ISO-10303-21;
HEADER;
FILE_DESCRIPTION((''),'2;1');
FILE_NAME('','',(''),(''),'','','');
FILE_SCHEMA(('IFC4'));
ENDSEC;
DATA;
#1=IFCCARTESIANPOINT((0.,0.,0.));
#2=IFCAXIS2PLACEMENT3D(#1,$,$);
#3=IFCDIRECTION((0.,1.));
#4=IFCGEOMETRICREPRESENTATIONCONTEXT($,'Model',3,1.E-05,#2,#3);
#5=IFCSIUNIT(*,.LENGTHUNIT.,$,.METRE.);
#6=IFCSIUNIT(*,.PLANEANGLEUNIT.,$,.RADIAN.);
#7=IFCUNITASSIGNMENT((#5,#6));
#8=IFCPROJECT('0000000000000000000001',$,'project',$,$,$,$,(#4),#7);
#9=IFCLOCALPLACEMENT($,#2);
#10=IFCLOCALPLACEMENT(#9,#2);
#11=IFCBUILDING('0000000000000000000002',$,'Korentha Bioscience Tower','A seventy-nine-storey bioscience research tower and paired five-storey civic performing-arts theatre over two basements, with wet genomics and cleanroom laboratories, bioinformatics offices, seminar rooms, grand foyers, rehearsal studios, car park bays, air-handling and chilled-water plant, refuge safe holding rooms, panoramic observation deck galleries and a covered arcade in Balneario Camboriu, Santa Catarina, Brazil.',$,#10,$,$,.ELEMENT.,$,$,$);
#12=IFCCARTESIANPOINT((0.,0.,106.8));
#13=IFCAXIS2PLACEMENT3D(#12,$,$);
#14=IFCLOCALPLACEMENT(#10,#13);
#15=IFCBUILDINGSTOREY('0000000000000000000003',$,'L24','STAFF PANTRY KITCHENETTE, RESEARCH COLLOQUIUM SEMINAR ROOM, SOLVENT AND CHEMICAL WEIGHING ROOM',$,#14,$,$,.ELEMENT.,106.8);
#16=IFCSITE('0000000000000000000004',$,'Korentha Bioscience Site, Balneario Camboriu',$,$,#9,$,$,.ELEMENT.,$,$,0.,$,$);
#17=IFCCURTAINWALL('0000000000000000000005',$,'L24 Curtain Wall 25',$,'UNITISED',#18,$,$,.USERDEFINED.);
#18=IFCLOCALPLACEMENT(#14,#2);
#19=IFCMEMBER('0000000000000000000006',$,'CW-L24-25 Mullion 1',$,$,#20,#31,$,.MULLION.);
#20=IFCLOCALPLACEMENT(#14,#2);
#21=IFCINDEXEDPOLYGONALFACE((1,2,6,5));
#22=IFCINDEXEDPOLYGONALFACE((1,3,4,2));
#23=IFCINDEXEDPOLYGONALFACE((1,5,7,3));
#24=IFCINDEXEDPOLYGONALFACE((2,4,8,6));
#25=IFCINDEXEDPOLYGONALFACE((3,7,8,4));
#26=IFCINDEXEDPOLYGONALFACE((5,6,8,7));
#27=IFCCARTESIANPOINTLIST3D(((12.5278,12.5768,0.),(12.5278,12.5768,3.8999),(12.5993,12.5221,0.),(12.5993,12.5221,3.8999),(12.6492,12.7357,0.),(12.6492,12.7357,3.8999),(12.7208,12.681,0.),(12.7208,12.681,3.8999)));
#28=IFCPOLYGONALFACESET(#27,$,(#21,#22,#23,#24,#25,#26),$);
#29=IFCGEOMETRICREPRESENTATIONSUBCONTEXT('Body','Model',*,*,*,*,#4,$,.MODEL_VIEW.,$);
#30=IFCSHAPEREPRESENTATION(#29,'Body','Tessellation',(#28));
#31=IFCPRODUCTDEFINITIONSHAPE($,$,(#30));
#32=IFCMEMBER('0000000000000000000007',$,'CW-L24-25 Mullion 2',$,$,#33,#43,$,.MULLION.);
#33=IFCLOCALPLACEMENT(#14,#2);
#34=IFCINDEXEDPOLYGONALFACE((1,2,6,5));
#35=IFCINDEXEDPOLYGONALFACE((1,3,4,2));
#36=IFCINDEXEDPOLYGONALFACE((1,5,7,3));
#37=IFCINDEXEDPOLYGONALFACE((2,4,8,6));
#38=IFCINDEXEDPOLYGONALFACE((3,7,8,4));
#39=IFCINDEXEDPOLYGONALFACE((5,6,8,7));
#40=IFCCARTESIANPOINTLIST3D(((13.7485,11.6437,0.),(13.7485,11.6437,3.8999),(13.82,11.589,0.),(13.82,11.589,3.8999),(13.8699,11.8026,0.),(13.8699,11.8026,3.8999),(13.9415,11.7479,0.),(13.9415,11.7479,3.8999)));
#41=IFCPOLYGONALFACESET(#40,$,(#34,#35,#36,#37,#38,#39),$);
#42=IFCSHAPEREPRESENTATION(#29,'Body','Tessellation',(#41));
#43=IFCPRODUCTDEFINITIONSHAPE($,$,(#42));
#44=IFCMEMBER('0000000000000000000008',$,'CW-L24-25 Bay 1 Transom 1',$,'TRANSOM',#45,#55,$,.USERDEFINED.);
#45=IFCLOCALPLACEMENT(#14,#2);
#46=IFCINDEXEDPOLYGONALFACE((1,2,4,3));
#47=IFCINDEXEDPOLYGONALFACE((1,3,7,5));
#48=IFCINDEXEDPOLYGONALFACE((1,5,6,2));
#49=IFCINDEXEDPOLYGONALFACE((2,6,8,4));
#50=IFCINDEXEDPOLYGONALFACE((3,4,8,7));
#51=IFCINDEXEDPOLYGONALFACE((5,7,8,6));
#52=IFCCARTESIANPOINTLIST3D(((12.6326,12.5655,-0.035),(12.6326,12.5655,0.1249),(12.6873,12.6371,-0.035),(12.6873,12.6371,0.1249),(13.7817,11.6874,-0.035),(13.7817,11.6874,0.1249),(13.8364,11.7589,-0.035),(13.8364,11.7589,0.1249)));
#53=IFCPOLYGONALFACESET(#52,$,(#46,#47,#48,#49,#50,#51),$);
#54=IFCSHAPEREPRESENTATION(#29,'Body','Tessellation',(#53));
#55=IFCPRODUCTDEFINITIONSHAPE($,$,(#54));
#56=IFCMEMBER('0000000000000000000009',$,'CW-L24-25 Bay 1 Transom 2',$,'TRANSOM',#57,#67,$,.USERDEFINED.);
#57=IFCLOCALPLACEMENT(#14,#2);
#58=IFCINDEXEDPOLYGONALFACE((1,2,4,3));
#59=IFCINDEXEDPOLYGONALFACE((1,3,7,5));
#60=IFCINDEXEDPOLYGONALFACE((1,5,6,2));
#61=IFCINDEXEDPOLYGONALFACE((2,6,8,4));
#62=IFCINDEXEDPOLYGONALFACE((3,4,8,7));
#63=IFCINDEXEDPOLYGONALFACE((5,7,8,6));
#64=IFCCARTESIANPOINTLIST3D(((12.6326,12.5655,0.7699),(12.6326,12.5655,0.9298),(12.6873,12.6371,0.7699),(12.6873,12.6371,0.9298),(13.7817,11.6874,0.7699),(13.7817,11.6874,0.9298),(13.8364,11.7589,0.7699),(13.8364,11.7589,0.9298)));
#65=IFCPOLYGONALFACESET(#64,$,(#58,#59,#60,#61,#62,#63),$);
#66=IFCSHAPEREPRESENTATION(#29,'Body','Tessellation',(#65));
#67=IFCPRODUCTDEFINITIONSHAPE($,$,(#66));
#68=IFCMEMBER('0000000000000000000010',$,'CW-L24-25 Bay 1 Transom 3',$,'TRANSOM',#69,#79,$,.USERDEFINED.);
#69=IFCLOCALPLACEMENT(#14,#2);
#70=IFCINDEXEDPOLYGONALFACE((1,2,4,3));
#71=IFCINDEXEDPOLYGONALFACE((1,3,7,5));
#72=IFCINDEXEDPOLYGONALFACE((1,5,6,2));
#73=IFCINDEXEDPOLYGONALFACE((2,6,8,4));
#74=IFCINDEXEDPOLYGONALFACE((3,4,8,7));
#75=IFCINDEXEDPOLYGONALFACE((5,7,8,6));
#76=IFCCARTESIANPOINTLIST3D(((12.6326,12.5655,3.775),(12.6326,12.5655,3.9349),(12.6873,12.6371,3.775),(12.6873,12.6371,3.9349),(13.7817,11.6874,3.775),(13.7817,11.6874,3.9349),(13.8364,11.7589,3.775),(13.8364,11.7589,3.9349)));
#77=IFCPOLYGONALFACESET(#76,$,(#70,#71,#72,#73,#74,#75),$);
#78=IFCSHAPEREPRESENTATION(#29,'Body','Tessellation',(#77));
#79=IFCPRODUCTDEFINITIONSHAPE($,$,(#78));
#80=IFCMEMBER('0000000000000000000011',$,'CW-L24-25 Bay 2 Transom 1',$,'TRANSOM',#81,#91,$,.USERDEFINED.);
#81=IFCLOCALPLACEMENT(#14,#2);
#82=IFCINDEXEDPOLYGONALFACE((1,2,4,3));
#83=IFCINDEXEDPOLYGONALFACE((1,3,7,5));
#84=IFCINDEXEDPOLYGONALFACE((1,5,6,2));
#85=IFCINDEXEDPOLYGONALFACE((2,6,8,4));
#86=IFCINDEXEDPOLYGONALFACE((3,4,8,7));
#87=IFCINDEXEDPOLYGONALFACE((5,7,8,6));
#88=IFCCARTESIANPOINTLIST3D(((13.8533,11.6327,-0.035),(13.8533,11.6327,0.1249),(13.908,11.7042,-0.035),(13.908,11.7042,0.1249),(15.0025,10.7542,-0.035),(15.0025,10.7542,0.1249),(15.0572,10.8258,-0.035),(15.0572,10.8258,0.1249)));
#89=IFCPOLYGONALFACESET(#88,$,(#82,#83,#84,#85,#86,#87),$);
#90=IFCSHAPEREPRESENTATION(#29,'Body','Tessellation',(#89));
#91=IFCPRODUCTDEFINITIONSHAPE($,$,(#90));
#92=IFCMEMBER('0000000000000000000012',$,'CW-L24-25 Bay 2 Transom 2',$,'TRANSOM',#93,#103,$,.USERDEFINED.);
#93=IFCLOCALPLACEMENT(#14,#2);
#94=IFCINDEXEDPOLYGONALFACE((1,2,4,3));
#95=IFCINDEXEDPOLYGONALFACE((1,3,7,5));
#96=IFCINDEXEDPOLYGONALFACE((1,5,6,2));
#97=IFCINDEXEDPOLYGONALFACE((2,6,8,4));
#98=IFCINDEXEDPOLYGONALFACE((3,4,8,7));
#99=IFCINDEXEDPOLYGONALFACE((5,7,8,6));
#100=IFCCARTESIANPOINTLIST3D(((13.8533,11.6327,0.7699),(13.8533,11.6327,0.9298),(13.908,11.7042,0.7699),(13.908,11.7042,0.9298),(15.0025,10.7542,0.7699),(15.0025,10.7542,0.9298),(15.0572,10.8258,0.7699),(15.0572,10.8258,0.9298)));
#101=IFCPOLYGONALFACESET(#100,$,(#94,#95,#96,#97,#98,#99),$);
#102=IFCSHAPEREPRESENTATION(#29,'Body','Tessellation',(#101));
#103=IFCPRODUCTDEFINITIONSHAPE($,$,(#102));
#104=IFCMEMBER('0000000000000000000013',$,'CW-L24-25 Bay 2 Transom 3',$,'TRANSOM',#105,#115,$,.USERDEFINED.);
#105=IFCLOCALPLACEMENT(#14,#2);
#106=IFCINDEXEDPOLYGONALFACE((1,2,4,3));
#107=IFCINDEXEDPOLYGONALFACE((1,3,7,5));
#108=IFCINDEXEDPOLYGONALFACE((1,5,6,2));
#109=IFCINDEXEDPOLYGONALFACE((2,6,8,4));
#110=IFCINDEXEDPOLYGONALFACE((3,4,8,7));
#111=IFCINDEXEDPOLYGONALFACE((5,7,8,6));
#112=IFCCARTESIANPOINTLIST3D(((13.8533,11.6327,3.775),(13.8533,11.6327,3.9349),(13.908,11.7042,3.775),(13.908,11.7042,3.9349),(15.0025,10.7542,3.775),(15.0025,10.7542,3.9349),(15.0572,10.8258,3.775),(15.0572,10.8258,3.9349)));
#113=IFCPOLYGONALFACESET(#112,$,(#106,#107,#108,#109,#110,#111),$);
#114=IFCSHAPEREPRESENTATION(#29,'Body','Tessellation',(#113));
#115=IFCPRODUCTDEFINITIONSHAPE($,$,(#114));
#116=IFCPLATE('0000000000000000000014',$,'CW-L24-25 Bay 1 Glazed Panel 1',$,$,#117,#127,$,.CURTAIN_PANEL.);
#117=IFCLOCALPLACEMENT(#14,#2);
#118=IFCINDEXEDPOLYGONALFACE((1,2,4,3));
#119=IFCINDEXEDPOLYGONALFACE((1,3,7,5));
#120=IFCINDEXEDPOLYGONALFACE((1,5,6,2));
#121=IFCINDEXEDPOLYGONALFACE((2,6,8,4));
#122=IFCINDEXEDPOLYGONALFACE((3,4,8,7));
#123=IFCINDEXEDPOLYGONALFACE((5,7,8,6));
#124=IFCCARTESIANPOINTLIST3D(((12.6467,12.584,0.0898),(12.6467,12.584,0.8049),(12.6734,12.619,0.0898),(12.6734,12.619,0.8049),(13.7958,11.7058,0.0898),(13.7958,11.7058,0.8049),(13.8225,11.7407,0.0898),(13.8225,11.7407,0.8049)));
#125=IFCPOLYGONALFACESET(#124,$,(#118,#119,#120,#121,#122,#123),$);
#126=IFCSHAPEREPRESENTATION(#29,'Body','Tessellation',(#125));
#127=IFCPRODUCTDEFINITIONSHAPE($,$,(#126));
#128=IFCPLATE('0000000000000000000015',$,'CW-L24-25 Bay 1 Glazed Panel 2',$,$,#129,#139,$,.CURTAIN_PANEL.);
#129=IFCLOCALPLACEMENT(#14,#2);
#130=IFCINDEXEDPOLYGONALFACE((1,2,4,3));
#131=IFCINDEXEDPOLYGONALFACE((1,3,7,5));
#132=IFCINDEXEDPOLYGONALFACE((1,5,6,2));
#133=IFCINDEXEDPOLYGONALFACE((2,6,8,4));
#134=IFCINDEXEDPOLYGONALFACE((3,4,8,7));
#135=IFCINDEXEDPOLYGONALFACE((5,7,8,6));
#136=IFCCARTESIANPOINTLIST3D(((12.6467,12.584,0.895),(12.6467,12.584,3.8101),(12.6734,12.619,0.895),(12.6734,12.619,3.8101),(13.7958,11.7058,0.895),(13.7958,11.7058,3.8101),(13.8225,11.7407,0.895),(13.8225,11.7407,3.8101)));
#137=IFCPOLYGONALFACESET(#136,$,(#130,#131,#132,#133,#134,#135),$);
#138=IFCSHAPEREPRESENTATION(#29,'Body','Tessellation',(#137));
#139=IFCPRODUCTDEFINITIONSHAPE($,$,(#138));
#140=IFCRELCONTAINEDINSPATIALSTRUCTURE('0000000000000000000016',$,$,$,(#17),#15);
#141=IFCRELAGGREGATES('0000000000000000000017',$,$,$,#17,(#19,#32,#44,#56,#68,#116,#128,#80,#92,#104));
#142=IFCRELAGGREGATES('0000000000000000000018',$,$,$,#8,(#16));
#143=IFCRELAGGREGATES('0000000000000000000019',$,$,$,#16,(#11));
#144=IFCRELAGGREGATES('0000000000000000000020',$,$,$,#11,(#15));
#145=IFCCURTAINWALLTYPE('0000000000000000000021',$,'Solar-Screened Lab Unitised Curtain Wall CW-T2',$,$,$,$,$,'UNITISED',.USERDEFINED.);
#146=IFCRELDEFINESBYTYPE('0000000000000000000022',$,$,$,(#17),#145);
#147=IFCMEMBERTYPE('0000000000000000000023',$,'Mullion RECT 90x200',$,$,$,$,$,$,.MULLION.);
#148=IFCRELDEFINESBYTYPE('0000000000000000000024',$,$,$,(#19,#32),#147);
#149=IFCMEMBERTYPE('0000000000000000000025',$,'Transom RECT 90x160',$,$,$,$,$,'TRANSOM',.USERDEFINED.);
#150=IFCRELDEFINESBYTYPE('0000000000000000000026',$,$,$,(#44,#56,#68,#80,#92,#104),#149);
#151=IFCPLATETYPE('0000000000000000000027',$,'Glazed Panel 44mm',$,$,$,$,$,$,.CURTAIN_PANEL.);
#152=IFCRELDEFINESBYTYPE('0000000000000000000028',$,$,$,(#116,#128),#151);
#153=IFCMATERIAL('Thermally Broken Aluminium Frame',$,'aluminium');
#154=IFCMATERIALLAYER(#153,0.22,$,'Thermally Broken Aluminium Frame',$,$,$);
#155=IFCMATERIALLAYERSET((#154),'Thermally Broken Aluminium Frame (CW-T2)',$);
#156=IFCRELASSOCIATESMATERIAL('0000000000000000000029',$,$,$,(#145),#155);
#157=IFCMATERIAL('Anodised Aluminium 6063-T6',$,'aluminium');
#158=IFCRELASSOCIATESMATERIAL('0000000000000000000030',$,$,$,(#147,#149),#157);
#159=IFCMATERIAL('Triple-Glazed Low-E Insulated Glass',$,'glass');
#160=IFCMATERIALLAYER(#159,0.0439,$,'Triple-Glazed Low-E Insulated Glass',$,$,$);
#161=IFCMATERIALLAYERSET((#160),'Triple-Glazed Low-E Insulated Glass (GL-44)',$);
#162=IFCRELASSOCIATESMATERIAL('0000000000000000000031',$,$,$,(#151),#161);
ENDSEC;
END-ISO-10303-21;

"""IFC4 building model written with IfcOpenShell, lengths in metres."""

from ifc_helpers import new_model, si_unit, direction, frame, origin, origin_2d, place, context, subcontext, project, spatial, rectangle, extrude, material, layer, layer_set, material_profile, profile_set, type_object, element, aggregate, save


model = new_model("IFC4")

# Units and contexts
model_context = context("Model", 3, precision=1e-05, world=origin(), true_north=direction((0.0, 1.0)))
body_context = subcontext(model_context, "Body", "Model", "MODEL_VIEW")
ifc_project = project(units=[si_unit("LENGTHUNIT", "METRE"), si_unit("PLANEANGLEUNIT", "RADIAN")], contexts=[model_context])

# Site, building, storey
site_placement = place(None, origin())
site = spatial("IfcSite", under=ifc_project, at=site_placement, Name="Korentha Bioscience Site, Balneario Camboriu", CompositionType="ELEMENT", RefElevation=0.0)
building_placement = place(site_placement, origin())
building = spatial("IfcBuilding", under=site, at=building_placement, Name="Korentha Bioscience Tower", Description="A seventy-nine-storey bioscience research tower and paired five-storey civic performing-arts theatre over two basements, with wet genomics and cleanroom laboratories, bioinformatics offices, seminar rooms, grand foyers, rehearsal studios, car park bays, air-handling and chilled-water plant, refuge safe holding rooms, panoramic observation deck galleries and a covered arcade in Balneario Camboriu, Santa Catarina, Brazil.", CompositionType="ELEMENT")
storey_placement = place(building_placement, frame((0.0, 0.0, 106.8)))
storey = spatial("IfcBuildingStorey", under=building, at=storey_placement, Name="L24", Description="STAFF PANTRY KITCHENETTE, RESEARCH COLLOQUIUM SEMINAR ROOM, SOLVENT AND CHEMICAL WEIGHING ROOM", CompositionType="ELEMENT", Elevation=106.8)

# Curtain wall, members, plates
ifc_material_1 = material(Name="Thermally Broken Aluminium Frame", Category="aluminium")
ifc_layer_1 = layer(ifc_material_1, 0.22, Name="Thermally Broken Aluminium Frame")
ifc_layer_set_1 = layer_set([ifc_layer_1], Name="Thermally Broken Aluminium Frame (CW-T2)")
curtain_wall_type = type_object("IfcCurtainWallType", Name="Solar-Screened Lab Unitised Curtain Wall CW-T2", ElementType="UNITISED", PredefinedType="USERDEFINED", material=ifc_layer_set_1)
curtain_wall_placement = place(storey_placement, origin())
curtain_wall = element("IfcCurtainWall", 1, at=curtain_wall_placement, inside=storey, type_object=curtain_wall_type, Name="L24 Curtain Wall 25", ObjectType="UNITISED", PredefinedType="USERDEFINED")
ifc_material_2 = material(Name="Anodised Aluminium 6063-T6", Category="aluminium")
ifc_material_profile_1 = material_profile(ifc_material_2, rectangle(XDim=0.0901, YDim=0.2, at=origin_2d()), Name="Anodised Aluminium 6063-T6")
ifc_profile_set_1 = profile_set([ifc_material_profile_1], Name="Anodised Aluminium 6063-T6 (CW-MUL)")
member_type_1 = type_object("IfcMemberType", Name="Mullion RECT 90x200", PredefinedType="MULLION", material=ifc_profile_set_1)
member_1_placement = place(storey_placement, frame((12.6243, 12.6289, 0.0), z_axis=(0.0, 0.0, 1.0), x_axis=(0.7945, -0.607265, 0.0)))
member_1 = element("IfcMember", 2, at=member_1_placement, type_object=member_type_1, Name="CW-L24-25 Mullion 1", PredefinedType="MULLION", context=body_context, shape_type="SweptSolid", body=[
    extrude(rectangle(XDim=0.0901, YDim=0.2, at=origin_2d()), origin(), (0.0, 0.0, 1.0), 3.8999),
])
member_2_placement = place(storey_placement, frame((13.845, 11.6958, 0.0), z_axis=(0.0, 0.0, 1.0), x_axis=(0.7945, -0.607265, 0.0)))
member_2 = element("IfcMember", 3, at=member_2_placement, type_object=member_type_1, Name="CW-L24-25 Mullion 2", PredefinedType="MULLION", context=body_context, shape_type="SweptSolid", body=[
    extrude(rectangle(XDim=0.0901, YDim=0.2, at=origin_2d()), origin(), (0.0, 0.0, 1.0), 3.8999),
])
ifc_material_profile_2 = material_profile(ifc_material_2, rectangle(XDim=0.0901, YDim=0.1599, at=origin_2d()), Name="Anodised Aluminium 6063-T6")
ifc_profile_set_2 = profile_set([ifc_material_profile_2], Name="Anodised Aluminium 6063-T6 (CW-TRN)")
member_type_2 = type_object("IfcMemberType", Name="Transom RECT 90x160", ElementType="TRANSOM", PredefinedType="USERDEFINED", material=ifc_profile_set_2)
member_3_placement = place(storey_placement, frame((12.6599, 12.6013, 0.0449), z_axis=(0.794559, -0.607187, 0.0), x_axis=(0.607187, 0.794559, 0.0)))
member_3 = element("IfcMember", 4, at=member_3_placement, type_object=member_type_2, Name="CW-L24-25 Bay 1 Transom 1", ObjectType="TRANSOM", PredefinedType="USERDEFINED", context=body_context, shape_type="SweptSolid", body=[
    extrude(rectangle(XDim=0.0901, YDim=0.1599, at=origin_2d()), origin(), (0.0, 0.0, 1.0), 1.4463),
])
member_4_placement = place(storey_placement, frame((12.6599, 12.6013, 0.8499), z_axis=(0.794559, -0.607187, 0.0), x_axis=(0.607187, 0.794559, 0.0)))
member_4 = element("IfcMember", 5, at=member_4_placement, type_object=member_type_2, Name="CW-L24-25 Bay 1 Transom 2", ObjectType="TRANSOM", PredefinedType="USERDEFINED", context=body_context, shape_type="SweptSolid", body=[
    extrude(rectangle(XDim=0.0901, YDim=0.1599, at=origin_2d()), origin(), (0.0, 0.0, 1.0), 1.4463),
])
member_5_placement = place(storey_placement, frame((12.6599, 12.6013, 3.855), z_axis=(0.794559, -0.607187, 0.0), x_axis=(0.607187, 0.794559, 0.0)))
member_5 = element("IfcMember", 6, at=member_5_placement, type_object=member_type_2, Name="CW-L24-25 Bay 1 Transom 3", ObjectType="TRANSOM", PredefinedType="USERDEFINED", context=body_context, shape_type="SweptSolid", body=[
    extrude(rectangle(XDim=0.0901, YDim=0.1599, at=origin_2d()), origin(), (0.0, 0.0, 1.0), 1.4463),
])
member_6_placement = place(storey_placement, frame((13.8806, 11.6685, 0.0449), z_axis=(0.794478, -0.607293, 0.0), x_axis=(0.607293, 0.794478, 0.0)))
member_6 = element("IfcMember", 7, at=member_6_placement, type_object=member_type_2, Name="CW-L24-25 Bay 2 Transom 1", ObjectType="TRANSOM", PredefinedType="USERDEFINED", context=body_context, shape_type="SweptSolid", body=[
    extrude(rectangle(XDim=0.0901, YDim=0.1599, at=origin_2d()), origin(), (0.0, 0.0, 1.0), 1.4465),
])
member_7_placement = place(storey_placement, frame((13.8806, 11.6685, 0.8499), z_axis=(0.794478, -0.607293, 0.0), x_axis=(0.607293, 0.794478, 0.0)))
member_7 = element("IfcMember", 8, at=member_7_placement, type_object=member_type_2, Name="CW-L24-25 Bay 2 Transom 2", ObjectType="TRANSOM", PredefinedType="USERDEFINED", context=body_context, shape_type="SweptSolid", body=[
    extrude(rectangle(XDim=0.0901, YDim=0.1599, at=origin_2d()), origin(), (0.0, 0.0, 1.0), 1.4465),
])
member_8_placement = place(storey_placement, frame((13.8806, 11.6685, 3.855), z_axis=(0.794478, -0.607293, 0.0), x_axis=(0.607293, 0.794478, 0.0)))
member_8 = element("IfcMember", 9, at=member_8_placement, type_object=member_type_2, Name="CW-L24-25 Bay 2 Transom 3", ObjectType="TRANSOM", PredefinedType="USERDEFINED", context=body_context, shape_type="SweptSolid", body=[
    extrude(rectangle(XDim=0.0901, YDim=0.1599, at=origin_2d()), origin(), (0.0, 0.0, 1.0), 1.4465),
])
ifc_material_3 = material(Name="Triple-Glazed Low-E Insulated Glass", Category="glass")
ifc_layer_2 = layer(ifc_material_3, 0.0439, Name="Triple-Glazed Low-E Insulated Glass")
ifc_layer_set_2 = layer_set([ifc_layer_2], Name="Triple-Glazed Low-E Insulated Glass (GL-44)")
plate_type = type_object("IfcPlateType", Name="Glazed Panel 44mm", PredefinedType="CURTAIN_PANEL", material=ifc_layer_set_2)
plate_1_placement = place(storey_placement, frame((13.2346, 12.1624, 0.0898), z_axis=(0.0, 0.0, 1.0), x_axis=(0.7945, -0.607265, 0.0)))
plate_1 = element("IfcPlate", 10, at=plate_1_placement, type_object=plate_type, Name="CW-L24-25 Bay 1 Glazed Panel 1", PredefinedType="CURTAIN_PANEL", context=body_context, shape_type="SweptSolid", body=[
    extrude(rectangle(XDim=1.4463, YDim=0.0439, at=origin_2d()), origin(), (0.0, 0.0, 1.0), 0.7151),
])
plate_2_placement = place(storey_placement, frame((13.2346, 12.1624, 0.895), z_axis=(0.0, 0.0, 1.0), x_axis=(0.7945, -0.607265, 0.0)))
plate_2 = element("IfcPlate", 11, at=plate_2_placement, type_object=plate_type, Name="CW-L24-25 Bay 1 Glazed Panel 2", PredefinedType="CURTAIN_PANEL", context=body_context, shape_type="SweptSolid", body=[
    extrude(rectangle(XDim=1.4463, YDim=0.0439, at=origin_2d()), origin(), (0.0, 0.0, 1.0), 2.915),
])
aggregate(curtain_wall, [member_1, member_2, member_3, member_4, member_5, plate_1, plate_2, member_6, member_7, member_8])

save(model, "model.ifc")
